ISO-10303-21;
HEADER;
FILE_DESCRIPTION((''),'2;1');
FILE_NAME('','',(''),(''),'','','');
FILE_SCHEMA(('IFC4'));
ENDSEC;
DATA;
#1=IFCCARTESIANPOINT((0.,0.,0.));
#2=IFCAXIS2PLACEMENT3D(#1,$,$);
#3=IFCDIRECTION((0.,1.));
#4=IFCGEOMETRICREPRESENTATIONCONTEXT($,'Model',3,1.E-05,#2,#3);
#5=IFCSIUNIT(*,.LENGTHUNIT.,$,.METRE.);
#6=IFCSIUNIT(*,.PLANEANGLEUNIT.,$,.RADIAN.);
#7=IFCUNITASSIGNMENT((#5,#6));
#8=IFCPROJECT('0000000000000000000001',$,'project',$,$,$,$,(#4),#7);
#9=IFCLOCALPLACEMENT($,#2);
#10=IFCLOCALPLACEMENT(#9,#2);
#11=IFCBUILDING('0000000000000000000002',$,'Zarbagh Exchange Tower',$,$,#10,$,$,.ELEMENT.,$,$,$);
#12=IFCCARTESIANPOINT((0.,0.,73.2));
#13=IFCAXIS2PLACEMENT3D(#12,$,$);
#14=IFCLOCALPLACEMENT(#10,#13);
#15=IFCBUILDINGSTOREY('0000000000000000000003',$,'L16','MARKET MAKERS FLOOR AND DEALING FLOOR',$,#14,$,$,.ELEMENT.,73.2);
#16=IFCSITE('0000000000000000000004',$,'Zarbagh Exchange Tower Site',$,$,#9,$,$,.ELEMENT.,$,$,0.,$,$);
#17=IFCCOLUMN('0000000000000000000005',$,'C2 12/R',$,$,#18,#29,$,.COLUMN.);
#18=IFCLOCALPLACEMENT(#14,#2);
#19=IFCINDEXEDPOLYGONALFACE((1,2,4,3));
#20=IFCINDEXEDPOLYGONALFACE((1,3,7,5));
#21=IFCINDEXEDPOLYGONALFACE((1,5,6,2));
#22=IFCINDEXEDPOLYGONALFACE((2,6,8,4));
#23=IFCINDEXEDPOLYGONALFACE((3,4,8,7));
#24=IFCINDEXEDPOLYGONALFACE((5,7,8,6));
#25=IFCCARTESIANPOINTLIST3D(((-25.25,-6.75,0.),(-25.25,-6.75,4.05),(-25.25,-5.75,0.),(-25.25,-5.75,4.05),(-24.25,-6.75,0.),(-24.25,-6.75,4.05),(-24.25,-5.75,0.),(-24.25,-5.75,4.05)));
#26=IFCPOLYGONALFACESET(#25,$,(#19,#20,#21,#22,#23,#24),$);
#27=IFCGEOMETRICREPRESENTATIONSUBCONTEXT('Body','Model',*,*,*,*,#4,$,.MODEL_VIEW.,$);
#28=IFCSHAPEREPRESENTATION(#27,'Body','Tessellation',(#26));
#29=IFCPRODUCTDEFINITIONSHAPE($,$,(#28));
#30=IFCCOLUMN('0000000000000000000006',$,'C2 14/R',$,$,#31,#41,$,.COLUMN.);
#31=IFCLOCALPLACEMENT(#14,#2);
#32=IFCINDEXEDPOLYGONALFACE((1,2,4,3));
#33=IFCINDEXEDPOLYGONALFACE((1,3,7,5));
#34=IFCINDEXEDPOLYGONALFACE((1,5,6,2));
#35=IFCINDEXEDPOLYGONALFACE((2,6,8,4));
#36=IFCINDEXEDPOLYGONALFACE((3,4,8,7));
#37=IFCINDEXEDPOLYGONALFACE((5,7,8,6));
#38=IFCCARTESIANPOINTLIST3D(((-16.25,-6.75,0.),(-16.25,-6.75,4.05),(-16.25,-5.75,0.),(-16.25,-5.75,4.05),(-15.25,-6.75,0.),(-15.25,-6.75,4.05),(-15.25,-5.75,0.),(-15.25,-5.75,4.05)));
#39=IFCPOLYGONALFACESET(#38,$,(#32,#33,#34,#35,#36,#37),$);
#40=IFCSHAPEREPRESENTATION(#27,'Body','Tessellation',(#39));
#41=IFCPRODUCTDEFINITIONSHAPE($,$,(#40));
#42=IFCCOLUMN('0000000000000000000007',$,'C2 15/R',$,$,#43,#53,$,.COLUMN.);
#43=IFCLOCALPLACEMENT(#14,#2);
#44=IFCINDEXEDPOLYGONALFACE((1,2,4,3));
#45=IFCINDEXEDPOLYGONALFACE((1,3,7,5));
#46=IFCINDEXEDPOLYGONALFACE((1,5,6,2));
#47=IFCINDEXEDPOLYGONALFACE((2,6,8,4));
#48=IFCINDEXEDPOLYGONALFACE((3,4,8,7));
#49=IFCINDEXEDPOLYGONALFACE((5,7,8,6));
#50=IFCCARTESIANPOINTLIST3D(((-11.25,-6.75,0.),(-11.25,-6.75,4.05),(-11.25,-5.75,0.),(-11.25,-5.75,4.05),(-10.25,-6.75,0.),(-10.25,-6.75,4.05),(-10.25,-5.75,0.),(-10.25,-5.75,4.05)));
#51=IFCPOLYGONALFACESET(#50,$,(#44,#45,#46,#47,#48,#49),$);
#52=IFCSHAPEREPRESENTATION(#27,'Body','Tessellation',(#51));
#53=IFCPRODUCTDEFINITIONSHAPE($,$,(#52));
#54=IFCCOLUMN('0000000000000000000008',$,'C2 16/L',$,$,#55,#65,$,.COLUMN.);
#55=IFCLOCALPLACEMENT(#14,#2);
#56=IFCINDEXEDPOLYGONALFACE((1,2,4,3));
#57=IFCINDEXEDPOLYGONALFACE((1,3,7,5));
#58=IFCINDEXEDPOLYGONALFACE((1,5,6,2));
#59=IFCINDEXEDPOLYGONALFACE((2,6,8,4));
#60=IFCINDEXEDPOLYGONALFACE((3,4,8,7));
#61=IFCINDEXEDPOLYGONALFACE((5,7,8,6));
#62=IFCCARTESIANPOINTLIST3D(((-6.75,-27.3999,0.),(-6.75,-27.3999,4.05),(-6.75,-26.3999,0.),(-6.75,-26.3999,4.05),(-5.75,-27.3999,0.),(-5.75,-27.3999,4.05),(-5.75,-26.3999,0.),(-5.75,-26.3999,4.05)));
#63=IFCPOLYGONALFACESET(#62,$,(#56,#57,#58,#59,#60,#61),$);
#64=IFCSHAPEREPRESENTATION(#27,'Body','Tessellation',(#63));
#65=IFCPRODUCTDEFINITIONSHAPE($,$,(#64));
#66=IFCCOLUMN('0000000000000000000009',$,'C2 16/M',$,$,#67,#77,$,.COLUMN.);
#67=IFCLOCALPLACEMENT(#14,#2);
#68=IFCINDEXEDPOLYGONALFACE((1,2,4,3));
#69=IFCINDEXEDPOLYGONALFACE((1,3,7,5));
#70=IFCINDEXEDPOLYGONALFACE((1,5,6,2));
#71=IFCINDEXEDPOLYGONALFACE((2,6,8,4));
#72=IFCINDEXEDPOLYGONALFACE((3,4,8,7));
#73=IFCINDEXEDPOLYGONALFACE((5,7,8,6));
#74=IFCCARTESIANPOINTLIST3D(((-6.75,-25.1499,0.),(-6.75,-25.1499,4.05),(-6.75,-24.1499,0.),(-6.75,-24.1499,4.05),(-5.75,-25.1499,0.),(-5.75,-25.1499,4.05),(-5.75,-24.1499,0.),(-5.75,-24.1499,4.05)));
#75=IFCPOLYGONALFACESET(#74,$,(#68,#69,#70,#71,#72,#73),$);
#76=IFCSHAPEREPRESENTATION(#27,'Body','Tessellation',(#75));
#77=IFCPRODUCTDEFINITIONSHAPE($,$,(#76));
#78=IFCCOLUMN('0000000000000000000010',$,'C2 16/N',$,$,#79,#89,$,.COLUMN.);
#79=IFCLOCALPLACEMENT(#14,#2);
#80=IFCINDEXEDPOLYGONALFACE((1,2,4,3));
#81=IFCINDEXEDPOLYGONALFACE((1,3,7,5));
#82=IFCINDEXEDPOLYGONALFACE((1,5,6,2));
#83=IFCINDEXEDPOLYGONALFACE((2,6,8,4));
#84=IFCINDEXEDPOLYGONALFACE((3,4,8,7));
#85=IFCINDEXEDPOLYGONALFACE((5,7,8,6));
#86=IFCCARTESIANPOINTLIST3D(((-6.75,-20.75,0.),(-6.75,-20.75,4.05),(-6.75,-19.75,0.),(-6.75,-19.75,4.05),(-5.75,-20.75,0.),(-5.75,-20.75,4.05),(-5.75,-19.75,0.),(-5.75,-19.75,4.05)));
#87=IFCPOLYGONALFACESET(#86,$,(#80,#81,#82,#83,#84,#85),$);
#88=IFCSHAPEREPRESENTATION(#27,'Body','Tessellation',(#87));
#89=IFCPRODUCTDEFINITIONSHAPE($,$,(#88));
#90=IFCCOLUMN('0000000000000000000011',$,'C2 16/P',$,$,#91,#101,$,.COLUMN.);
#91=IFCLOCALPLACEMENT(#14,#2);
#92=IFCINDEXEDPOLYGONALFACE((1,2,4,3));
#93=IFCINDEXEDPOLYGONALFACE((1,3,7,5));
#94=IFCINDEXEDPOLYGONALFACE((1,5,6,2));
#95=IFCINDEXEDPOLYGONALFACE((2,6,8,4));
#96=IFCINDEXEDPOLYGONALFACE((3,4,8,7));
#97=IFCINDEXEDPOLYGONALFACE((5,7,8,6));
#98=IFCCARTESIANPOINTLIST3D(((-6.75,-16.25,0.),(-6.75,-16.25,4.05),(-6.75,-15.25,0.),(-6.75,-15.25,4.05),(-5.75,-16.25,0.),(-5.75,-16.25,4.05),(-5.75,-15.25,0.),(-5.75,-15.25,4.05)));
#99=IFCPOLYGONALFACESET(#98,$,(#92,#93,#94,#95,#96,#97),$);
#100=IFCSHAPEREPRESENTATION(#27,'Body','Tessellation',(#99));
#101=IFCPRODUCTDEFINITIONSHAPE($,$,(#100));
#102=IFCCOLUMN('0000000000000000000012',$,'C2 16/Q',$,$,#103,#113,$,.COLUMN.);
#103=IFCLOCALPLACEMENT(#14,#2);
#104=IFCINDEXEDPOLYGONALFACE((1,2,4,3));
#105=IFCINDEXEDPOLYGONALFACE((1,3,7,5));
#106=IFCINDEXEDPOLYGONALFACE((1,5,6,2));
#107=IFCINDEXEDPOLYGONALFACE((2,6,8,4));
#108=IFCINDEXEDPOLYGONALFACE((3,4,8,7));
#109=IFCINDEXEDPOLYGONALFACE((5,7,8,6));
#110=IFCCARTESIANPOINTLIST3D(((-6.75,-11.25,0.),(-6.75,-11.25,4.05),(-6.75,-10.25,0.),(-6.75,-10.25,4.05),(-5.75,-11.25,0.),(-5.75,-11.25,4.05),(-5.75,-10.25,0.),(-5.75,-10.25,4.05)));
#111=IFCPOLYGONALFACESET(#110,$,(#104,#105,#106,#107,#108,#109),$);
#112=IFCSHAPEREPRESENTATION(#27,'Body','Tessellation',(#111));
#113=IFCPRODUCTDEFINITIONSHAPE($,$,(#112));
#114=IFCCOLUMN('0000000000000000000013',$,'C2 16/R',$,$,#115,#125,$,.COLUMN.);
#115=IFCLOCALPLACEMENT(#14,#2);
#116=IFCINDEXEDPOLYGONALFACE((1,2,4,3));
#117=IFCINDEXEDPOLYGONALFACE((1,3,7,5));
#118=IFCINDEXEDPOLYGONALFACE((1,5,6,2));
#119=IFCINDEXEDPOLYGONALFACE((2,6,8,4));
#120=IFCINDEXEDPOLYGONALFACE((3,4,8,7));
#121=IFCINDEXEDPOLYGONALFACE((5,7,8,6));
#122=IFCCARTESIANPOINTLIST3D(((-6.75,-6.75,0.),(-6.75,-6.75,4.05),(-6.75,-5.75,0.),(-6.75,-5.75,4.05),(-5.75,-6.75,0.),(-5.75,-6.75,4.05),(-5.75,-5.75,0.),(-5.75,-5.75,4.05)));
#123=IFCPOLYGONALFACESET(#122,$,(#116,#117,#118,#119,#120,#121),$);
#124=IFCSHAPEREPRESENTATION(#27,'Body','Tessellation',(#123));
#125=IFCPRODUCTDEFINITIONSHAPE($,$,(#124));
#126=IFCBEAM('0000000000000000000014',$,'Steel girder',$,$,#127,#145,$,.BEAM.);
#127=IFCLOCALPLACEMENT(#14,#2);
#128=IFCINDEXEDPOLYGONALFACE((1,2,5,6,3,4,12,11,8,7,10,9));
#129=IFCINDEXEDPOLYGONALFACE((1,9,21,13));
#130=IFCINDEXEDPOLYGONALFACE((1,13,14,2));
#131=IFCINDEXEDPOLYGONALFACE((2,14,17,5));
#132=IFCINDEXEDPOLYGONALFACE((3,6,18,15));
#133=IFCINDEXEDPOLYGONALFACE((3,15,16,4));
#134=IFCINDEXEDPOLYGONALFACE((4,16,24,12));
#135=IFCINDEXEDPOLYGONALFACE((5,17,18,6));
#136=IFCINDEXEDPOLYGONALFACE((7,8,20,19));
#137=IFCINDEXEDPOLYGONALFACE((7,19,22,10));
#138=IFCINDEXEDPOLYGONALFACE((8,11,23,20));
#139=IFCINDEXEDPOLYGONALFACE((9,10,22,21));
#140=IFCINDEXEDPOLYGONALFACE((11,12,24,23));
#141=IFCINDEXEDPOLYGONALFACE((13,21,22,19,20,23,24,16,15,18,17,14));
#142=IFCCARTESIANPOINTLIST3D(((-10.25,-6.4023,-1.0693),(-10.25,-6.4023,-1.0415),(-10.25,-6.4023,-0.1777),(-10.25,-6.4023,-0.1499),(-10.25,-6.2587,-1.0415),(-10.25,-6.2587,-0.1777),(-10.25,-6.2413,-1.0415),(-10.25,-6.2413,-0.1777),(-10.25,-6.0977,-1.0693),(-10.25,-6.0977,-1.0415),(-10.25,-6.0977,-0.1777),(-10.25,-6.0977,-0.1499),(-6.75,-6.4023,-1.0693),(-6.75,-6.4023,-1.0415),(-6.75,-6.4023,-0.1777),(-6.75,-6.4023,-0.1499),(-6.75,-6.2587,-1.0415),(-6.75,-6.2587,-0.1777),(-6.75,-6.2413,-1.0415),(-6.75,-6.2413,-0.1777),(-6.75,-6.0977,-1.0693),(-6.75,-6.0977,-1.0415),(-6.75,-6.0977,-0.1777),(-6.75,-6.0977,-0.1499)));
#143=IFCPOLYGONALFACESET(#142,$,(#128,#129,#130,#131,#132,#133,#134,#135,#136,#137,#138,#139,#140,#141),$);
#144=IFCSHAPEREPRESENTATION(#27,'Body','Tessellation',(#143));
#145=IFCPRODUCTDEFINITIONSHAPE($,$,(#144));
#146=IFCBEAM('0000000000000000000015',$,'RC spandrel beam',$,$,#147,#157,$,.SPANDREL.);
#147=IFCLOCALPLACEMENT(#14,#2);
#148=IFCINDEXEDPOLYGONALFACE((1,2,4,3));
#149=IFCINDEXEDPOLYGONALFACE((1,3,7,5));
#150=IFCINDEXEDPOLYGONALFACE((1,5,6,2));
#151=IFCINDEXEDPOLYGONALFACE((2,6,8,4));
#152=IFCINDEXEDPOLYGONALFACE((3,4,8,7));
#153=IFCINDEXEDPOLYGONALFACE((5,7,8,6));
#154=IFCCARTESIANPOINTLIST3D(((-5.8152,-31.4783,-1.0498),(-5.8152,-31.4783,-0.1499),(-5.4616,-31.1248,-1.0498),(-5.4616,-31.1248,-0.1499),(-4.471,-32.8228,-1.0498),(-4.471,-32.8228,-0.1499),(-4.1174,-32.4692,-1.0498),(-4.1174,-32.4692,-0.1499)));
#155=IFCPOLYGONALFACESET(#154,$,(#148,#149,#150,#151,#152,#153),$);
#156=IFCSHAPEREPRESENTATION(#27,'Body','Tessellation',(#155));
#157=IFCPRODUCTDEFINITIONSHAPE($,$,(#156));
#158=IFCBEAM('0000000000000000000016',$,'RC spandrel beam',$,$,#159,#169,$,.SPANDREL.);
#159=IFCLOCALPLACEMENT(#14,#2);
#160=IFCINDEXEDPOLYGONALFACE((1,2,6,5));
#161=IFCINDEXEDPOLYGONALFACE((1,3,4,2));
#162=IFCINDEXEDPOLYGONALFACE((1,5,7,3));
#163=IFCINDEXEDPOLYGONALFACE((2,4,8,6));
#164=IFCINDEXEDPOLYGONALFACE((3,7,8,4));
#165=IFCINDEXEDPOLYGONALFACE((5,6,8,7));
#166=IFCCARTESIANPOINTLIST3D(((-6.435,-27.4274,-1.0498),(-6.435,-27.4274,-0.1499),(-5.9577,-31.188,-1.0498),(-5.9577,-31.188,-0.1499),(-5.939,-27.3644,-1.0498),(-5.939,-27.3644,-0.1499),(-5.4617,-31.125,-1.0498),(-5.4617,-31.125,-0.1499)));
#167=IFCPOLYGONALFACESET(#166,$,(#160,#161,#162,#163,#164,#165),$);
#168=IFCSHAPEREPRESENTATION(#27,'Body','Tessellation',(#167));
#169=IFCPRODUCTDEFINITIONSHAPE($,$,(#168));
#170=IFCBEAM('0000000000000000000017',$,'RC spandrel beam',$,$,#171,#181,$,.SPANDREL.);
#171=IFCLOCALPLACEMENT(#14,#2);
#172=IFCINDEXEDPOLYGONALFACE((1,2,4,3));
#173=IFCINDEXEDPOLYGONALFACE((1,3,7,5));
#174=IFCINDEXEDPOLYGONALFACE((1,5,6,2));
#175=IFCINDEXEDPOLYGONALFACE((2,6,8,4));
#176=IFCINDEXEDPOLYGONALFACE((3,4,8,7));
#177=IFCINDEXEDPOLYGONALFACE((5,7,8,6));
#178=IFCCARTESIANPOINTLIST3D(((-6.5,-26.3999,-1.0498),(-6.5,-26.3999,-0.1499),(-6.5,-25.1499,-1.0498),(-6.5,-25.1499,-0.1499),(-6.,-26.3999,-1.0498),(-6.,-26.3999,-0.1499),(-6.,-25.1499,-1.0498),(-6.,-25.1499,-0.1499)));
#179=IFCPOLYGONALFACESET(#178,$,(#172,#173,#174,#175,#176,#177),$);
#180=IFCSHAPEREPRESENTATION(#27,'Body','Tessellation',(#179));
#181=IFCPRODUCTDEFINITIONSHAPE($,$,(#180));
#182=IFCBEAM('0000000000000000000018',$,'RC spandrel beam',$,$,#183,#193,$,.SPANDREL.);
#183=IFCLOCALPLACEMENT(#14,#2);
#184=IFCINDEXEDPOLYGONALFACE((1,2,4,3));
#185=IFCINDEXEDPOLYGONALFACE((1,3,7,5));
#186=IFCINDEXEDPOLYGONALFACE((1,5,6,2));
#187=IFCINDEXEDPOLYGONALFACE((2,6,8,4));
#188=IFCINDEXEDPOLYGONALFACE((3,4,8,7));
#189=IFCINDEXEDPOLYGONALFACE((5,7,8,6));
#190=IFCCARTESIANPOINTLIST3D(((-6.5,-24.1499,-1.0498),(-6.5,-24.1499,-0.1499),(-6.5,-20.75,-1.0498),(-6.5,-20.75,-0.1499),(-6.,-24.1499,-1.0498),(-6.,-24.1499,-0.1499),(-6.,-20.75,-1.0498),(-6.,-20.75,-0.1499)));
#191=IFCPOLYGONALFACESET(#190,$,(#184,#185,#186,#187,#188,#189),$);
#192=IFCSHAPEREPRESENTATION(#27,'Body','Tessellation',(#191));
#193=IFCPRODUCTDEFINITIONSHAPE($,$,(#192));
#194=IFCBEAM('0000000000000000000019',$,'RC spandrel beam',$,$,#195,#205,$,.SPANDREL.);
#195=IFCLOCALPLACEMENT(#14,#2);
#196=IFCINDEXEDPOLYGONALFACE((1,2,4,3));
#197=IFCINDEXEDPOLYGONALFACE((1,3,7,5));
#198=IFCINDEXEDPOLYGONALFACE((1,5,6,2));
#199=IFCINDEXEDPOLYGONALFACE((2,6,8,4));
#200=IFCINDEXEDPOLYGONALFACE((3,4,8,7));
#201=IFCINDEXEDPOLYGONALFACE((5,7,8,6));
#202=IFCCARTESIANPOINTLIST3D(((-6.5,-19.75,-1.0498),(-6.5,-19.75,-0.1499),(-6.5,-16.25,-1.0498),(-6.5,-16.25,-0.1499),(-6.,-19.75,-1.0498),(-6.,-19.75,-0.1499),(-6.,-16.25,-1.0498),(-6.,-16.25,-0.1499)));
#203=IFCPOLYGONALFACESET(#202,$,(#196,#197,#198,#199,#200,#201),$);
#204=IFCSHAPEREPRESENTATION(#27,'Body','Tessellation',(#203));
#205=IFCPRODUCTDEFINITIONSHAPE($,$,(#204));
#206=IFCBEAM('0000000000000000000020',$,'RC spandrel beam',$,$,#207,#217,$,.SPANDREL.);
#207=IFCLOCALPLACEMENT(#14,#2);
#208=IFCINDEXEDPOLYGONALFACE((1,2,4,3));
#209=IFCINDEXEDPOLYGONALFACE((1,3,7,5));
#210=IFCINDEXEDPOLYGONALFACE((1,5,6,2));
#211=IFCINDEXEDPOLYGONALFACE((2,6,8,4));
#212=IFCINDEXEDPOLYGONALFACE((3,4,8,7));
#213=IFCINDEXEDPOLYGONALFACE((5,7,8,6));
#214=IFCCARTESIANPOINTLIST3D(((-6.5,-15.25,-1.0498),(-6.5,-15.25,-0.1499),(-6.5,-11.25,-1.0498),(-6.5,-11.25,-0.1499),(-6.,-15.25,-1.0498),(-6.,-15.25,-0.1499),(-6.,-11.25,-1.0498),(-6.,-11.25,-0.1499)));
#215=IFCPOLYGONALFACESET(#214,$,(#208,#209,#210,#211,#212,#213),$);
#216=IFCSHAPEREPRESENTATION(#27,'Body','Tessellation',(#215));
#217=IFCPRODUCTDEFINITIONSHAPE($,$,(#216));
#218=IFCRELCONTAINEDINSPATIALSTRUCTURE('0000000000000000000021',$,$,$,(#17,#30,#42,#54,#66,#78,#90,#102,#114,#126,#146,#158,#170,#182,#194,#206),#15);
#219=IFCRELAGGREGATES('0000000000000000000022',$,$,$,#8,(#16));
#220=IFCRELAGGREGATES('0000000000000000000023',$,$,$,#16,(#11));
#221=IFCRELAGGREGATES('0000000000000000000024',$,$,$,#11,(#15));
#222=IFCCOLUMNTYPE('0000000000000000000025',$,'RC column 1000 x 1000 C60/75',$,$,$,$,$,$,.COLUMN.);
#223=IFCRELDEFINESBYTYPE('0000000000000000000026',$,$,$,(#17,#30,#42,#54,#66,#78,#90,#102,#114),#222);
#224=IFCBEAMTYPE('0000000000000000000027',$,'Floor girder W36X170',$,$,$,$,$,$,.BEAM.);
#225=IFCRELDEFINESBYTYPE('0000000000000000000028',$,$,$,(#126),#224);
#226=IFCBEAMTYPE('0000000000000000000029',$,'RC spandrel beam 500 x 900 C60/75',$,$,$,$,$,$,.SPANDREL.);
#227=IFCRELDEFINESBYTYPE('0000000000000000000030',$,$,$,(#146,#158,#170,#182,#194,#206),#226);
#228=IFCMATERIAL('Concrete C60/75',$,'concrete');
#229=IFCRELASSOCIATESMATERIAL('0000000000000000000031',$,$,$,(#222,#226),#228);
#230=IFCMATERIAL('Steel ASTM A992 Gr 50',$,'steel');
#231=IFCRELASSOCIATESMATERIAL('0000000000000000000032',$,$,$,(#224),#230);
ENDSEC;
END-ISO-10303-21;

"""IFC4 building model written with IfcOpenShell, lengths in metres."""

from ifc_helpers import new_model, si_unit, direction, frame, origin, origin_2d, place, context, subcontext, project, spatial, rectangle, i_section, extrude, material, material_profile, profile_set, type_object, element, save


model = new_model("IFC4")

# Units and contexts
model_context = context("Model", 3, precision=1e-05, world=origin(), true_north=direction((0.0, 1.0)))
body_context = subcontext(model_context, "Body", "Model", "MODEL_VIEW")
ifc_project = project(units=[si_unit("LENGTHUNIT", "METRE"), si_unit("PLANEANGLEUNIT", "RADIAN")], contexts=[model_context])

# Site, building, storey
site_placement = place(None, origin())
site = spatial("IfcSite", under=ifc_project, at=site_placement, Name="Zarbagh Exchange Tower Site", CompositionType="ELEMENT", RefElevation=0.0)
building_placement = place(site_placement, origin())
building = spatial("IfcBuilding", under=site, at=building_placement, Name="Zarbagh Exchange Tower", CompositionType="ELEMENT")
storey_placement = place(building_placement, frame((0.0, 0.0, 73.2)))
storey = spatial("IfcBuildingStorey", under=building, at=storey_placement, Name="L16", Description="MARKET MAKERS FLOOR AND DEALING FLOOR", CompositionType="ELEMENT", Elevation=73.2)

# Columns
ifc_material_1 = material(Name="Concrete C60/75", Category="concrete")
ifc_material_profile_1 = material_profile(ifc_material_1, rectangle(XDim=1.0, YDim=1.0, at=origin_2d()), Name="RC column 1000 x 1000 C60/75")
ifc_profile_set_1 = profile_set([ifc_material_profile_1], Name="Concrete C60/75")
column_type = type_object("IfcColumnType", Name="RC column 1000 x 1000 C60/75", PredefinedType="COLUMN", material=ifc_profile_set_1)
for number, where, z_axis, x_axis, name in (
    (1, (-24.75, -6.25, 0.0), (0.0, 0.0, 1.0), (1.0, 0.0, 0.0), "C2 12/R"),
    (2, (-15.75, -6.25, 0.0), (0.0, 0.0, 1.0), (1.0, 0.0, 0.0), "C2 14/R"),
    (3, (-10.75, -6.25, 0.0), (0.0, 0.0, 1.0), (1.0, 0.0, 0.0), "C2 15/R"),
    (4, (-6.25, -26.8999, 0.0), (0.0, 0.0, 1.0), (1.0, 0.0, 0.0), "C2 16/L"),
    (5, (-6.25, -24.6499, 0.0), (0.0, 0.0, 1.0), (1.0, 0.0, 0.0), "C2 16/M"),
    (6, (-6.25, -20.25, 0.0), (0.0, 0.0, 1.0), (1.0, 0.0, 0.0), "C2 16/N"),
    (7, (-6.25, -15.75, 0.0), (0.0, 0.0, 1.0), (1.0, 0.0, 0.0), "C2 16/P"),
    (8, (-6.25, -10.75, 0.0), (0.0, 0.0, 1.0), (1.0, 0.0, 0.0), "C2 16/Q"),
    (9, (-6.25, -6.25, 0.0), (0.0, 0.0, 1.0), (1.0, 0.0, 0.0), "C2 16/R"),
):
    element("IfcColumn", number, at=place(storey_placement, frame(where, z_axis=z_axis, x_axis=x_axis)), inside=storey, type_object=column_type, Name=name, PredefinedType="COLUMN", context=body_context, shape_type="SweptSolid", body=[
        extrude(rectangle(XDim=1.0, YDim=1.0, at=origin_2d()), origin(), (0.0, 0.0, 1.0), 4.05),
    ])

# Beams
ifc_material_2 = material(Name="Steel ASTM A992 Gr 50", Category="steel")
ifc_material_profile_2 = material_profile(ifc_material_2, i_section(OverallWidth=0.3047, OverallDepth=0.9194, WebThickness=0.0173, FlangeThickness=0.0278, at=origin_2d()), Name="W36X170")
ifc_profile_set_2 = profile_set([ifc_material_profile_2], Name="Steel ASTM A992 Gr 50")
beam_type_1 = type_object("IfcBeamType", Name="Floor girder W36X170", PredefinedType="BEAM", material=ifc_profile_set_2)
beam_1_placement = place(storey_placement, frame((-10.25, -6.25, -0.6096), z_axis=(1.0, 0.0, 0.0), x_axis=(0.0, 1.0, 0.0)))
element("IfcBeam", 10, at=beam_1_placement, inside=storey, type_object=beam_type_1, Name="Steel girder", PredefinedType="BEAM", context=body_context, shape_type="SweptSolid", body=[
    extrude(i_section(OverallWidth=0.3047, OverallDepth=0.9194, WebThickness=0.0173, FlangeThickness=0.0278, at=origin_2d()), origin(), (0.0, 0.0, 1.0), 3.5),
])
ifc_material_profile_3 = material_profile(ifc_material_1, rectangle(XDim=0.5, YDim=0.8999, at=origin_2d()), Name="RC spandrel beam 500 x 900 C60/75")
ifc_profile_set_3 = profile_set([ifc_material_profile_3], Name="Concrete C60/75")
beam_type_2 = type_object("IfcBeamType", Name="RC spandrel beam 500 x 900 C60/75", PredefinedType="SPANDREL", material=ifc_profile_set_3)
beam_2_placement = place(storey_placement, frame((-4.2942, -32.646, -0.5999), z_axis=(-0.707043, 0.707171, 0.0), x_axis=(-0.707171, -0.707043, 0.0)))
element("IfcBeam", 11, at=beam_2_placement, inside=storey, type_object=beam_type_2, Name="RC spandrel beam", PredefinedType="SPANDREL", context=body_context, shape_type="SweptSolid", body=[
    extrude(rectangle(XDim=0.5, YDim=0.8999, at=origin_2d()), origin(), (0.0, 0.0, 1.0), 1.9011),
])
beam_3_placement = place(storey_placement, frame((-5.7097, -31.1565, -0.5999), z_axis=(-0.125913, 0.992041, 0.0), x_axis=(-0.992041, -0.125913, 0.0)))
element("IfcBeam", 12, at=beam_3_placement, inside=storey, type_object=beam_type_2, Name="RC spandrel beam", PredefinedType="SPANDREL", context=body_context, shape_type="SweptSolid", body=[
    extrude(rectangle(XDim=0.5, YDim=0.8999, at=origin_2d()), origin(), (0.0, 0.0, 1.0), 3.7908),
])
beam_4_placement = place(storey_placement, frame((-6.25, -26.3999, -0.5999), z_axis=(0.0, 1.0, 0.0), x_axis=(-1.0, 0.0, 0.0)))
element("IfcBeam", 13, at=beam_4_placement, inside=storey, type_object=beam_type_2, Name="RC spandrel beam", PredefinedType="SPANDREL", context=body_context, shape_type="SweptSolid", body=[
    extrude(rectangle(XDim=0.5, YDim=0.8999, at=origin_2d()), origin(), (0.0, 0.0, 1.0), 1.25),
])
beam_5_placement = place(storey_placement, frame((-6.25, -24.1499, -0.5999), z_axis=(0.0, 1.0, 0.0), x_axis=(-1.0, 0.0, 0.0)))
element("IfcBeam", 14, at=beam_5_placement, inside=storey, type_object=beam_type_2, Name="RC spandrel beam", PredefinedType="SPANDREL", context=body_context, shape_type="SweptSolid", body=[
    extrude(rectangle(XDim=0.5, YDim=0.8999, at=origin_2d()), origin(), (0.0, 0.0, 1.0), 3.3999),
])
beam_6_placement = place(storey_placement, frame((-6.25, -19.75, -0.5999), z_axis=(0.0, 1.0, 0.0), x_axis=(-1.0, 0.0, 0.0)))
element("IfcBeam", 15, at=beam_6_placement, inside=storey, type_object=beam_type_2, Name="RC spandrel beam", PredefinedType="SPANDREL", context=body_context, shape_type="SweptSolid", body=[
    extrude(rectangle(XDim=0.5, YDim=0.8999, at=origin_2d()), origin(), (0.0, 0.0, 1.0), 3.5),
])
beam_7_placement = place(storey_placement, frame((-6.25, -15.25, -0.5999), z_axis=(0.0, 1.0, 0.0), x_axis=(-1.0, 0.0, 0.0)))
element("IfcBeam", 16, at=beam_7_placement, inside=storey, type_object=beam_type_2, Name="RC spandrel beam", PredefinedType="SPANDREL", context=body_context, shape_type="SweptSolid", body=[
    extrude(rectangle(XDim=0.5, YDim=0.8999, at=origin_2d()), origin(), (0.0, 0.0, 1.0), 4.0),
])

save(model, "model.ifc")
